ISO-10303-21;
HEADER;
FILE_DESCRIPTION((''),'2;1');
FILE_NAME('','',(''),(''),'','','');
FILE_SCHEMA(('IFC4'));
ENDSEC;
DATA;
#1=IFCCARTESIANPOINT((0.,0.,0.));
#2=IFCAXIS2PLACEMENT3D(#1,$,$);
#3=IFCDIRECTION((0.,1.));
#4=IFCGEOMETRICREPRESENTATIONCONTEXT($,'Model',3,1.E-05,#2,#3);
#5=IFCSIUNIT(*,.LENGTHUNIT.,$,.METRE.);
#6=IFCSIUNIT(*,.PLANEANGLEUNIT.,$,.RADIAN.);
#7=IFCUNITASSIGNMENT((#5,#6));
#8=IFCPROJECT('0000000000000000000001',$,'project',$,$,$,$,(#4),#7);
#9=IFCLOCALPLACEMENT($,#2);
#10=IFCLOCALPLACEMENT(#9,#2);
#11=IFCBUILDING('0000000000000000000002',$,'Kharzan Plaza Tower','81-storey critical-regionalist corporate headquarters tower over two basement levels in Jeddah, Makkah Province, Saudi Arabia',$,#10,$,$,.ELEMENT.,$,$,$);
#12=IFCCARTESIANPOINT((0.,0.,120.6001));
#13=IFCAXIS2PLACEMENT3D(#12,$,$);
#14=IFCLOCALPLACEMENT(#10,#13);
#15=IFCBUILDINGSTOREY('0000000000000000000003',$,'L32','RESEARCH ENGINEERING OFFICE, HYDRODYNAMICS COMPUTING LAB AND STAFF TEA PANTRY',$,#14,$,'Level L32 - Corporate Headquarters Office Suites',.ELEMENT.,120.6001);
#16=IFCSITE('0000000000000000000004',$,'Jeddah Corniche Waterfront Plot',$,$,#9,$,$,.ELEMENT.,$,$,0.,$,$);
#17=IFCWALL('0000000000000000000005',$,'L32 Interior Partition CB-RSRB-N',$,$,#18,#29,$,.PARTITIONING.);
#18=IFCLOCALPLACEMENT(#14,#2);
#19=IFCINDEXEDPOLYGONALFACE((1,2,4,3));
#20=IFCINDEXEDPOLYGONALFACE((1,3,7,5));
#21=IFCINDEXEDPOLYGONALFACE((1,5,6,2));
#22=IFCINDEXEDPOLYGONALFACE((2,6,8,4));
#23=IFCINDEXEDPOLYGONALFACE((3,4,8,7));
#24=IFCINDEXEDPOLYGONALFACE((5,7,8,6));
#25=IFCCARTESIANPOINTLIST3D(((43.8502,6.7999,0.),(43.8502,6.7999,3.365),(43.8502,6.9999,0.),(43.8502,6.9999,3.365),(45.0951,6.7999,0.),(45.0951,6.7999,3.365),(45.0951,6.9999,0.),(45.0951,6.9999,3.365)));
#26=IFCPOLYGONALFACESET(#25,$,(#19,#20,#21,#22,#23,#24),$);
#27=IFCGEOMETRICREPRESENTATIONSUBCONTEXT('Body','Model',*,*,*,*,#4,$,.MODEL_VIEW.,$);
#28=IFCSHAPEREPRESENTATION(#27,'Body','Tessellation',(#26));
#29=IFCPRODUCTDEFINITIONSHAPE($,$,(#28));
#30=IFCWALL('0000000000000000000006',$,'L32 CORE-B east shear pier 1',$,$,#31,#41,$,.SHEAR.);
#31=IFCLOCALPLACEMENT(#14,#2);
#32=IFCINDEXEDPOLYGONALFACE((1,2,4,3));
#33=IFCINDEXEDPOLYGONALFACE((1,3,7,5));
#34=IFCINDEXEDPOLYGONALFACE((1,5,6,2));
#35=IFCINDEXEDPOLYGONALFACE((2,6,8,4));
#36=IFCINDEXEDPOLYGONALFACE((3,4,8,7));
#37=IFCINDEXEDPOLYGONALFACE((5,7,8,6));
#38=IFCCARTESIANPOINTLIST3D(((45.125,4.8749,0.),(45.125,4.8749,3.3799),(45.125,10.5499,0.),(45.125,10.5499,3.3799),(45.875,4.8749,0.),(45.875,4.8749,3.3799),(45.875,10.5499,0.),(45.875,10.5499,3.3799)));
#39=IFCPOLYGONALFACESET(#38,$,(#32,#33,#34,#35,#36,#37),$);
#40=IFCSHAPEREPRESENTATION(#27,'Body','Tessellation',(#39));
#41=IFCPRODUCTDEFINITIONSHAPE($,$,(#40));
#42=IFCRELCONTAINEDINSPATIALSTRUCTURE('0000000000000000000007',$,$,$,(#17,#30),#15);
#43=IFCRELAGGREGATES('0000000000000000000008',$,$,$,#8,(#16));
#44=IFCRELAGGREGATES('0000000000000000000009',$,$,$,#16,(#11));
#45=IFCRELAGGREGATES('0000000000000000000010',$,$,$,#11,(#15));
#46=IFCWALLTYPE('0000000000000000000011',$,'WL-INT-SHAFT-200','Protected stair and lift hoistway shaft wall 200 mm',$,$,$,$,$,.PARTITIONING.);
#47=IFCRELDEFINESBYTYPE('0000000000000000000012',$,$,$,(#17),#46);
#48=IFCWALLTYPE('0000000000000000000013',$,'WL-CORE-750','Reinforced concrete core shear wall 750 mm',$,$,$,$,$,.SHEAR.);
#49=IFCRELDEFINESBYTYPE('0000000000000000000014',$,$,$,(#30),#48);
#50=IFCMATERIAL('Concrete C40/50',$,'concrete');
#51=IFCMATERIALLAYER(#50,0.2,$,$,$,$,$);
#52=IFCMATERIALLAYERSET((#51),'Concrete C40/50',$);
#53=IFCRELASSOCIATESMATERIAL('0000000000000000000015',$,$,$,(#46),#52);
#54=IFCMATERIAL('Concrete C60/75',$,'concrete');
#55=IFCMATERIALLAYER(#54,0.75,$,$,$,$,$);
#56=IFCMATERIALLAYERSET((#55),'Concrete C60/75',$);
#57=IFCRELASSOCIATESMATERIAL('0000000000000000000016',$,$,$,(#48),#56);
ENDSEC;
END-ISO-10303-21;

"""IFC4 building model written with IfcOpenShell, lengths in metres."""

from ifc_helpers import new_model, si_unit, direction, frame, frame_2d, origin, place, context, subcontext, project, spatial, rectangle, extrude, source, transform, mapped, material, layer, layer_set, type_object, element, save


model = new_model("IFC4")

# Units and contexts
model_context = context("Model", 3, precision=1e-05, world=origin(), true_north=direction((0.0, 1.0)))
body_context = subcontext(model_context, "Body", "Model", "MODEL_VIEW")
ifc_project = project(units=[si_unit("LENGTHUNIT", "METRE"), si_unit("PLANEANGLEUNIT", "RADIAN")], contexts=[model_context])

# Site, building, storey
site_placement = place(None, origin())
site = spatial("IfcSite", under=ifc_project, at=site_placement, Name="Jeddah Corniche Waterfront Plot", CompositionType="ELEMENT", RefElevation=0.0)
building_placement = place(site_placement, origin())
building = spatial("IfcBuilding", under=site, at=building_placement, Name="Kharzan Plaza Tower", Description="81-storey critical-regionalist corporate headquarters tower over two basement levels in Jeddah, Makkah Province, Saudi Arabia", CompositionType="ELEMENT")
storey_placement = place(building_placement, frame((0.0, 0.0, 120.6001)))
storey = spatial("IfcBuildingStorey", under=building, at=storey_placement, Name="L32", Description="RESEARCH ENGINEERING OFFICE, HYDRODYNAMICS COMPUTING LAB AND STAFF TEA PANTRY", LongName="Level L32 - Corporate Headquarters Office Suites", CompositionType="ELEMENT", Elevation=120.6001)

# Shared definitions
ifc_material_1 = material(Name="Concrete C60/75", Category="concrete")

# Walls
ifc_material_2 = material(Name="Concrete C40/50", Category="concrete")
ifc_layer_1 = layer(ifc_material_2, 0.2)
ifc_layer_set_1 = layer_set([ifc_layer_1], Name="Concrete C40/50")
wall_type_1 = type_object("IfcWallType", Name="WL-INT-SHAFT-200", Description="Protected stair and lift hoistway shaft wall 200 mm", PredefinedType="PARTITIONING", material=ifc_layer_set_1)
shared_shape_1 = source(origin(), body_context, "Body", "SweptSolid", [
    extrude(rectangle(XDim=1.2449, YDim=0.2, at=frame_2d((0.6226, 0.0))), origin(), (0.0, 0.0, 1.0), 3.365),
])
wall_1_placement = place(storey_placement, frame((43.8501, 6.8999, 0.0), z_axis=(0.0, 0.0, 1.0), x_axis=(1.0, 0.0, 0.0)))
element("IfcWall", 1, at=wall_1_placement, inside=storey, type_object=wall_type_1, Name="L32 Interior Partition CB-RSRB-N", PredefinedType="PARTITIONING", context=body_context, shape_type="MappedRepresentation", body=[
    mapped(shared_shape_1, transform((0.0, 0.0, 0.0), x_axis=(1.0, 0.0, 0.0), y_axis=(0.0, 1.0, 0.0), z_axis=(0.0, 0.0, 1.0))),
])
ifc_layer_2 = layer(ifc_material_1, 0.75)
ifc_layer_set_2 = layer_set([ifc_layer_2], Name="Concrete C60/75")
wall_type_2 = type_object("IfcWallType", Name="WL-CORE-750", Description="Reinforced concrete core shear wall 750 mm", PredefinedType="SHEAR", material=ifc_layer_set_2)
shared_shape_2 = source(origin(), body_context, "Body", "SweptSolid", [
    extrude(rectangle(XDim=5.675, YDim=0.75, at=frame_2d((2.8374, 0.0))), origin(), (0.0, 0.0, 1.0), 3.3799),
])
wall_2_placement = place(storey_placement, frame((45.5, 4.875, 0.0), z_axis=(0.0, 0.0, 1.0), x_axis=(0.0, 1.0, 0.0)))
element("IfcWall", 2, at=wall_2_placement, inside=storey, type_object=wall_type_2, Name="L32 CORE-B east shear pier 1", PredefinedType="SHEAR", context=body_context, shape_type="MappedRepresentation", body=[
    mapped(shared_shape_2, transform((0.0, 0.0, 0.0), x_axis=(1.0, 0.0, 0.0), y_axis=(0.0, 1.0, 0.0), z_axis=(0.0, 0.0, 1.0))),
])

save(model, "model.ifc")
